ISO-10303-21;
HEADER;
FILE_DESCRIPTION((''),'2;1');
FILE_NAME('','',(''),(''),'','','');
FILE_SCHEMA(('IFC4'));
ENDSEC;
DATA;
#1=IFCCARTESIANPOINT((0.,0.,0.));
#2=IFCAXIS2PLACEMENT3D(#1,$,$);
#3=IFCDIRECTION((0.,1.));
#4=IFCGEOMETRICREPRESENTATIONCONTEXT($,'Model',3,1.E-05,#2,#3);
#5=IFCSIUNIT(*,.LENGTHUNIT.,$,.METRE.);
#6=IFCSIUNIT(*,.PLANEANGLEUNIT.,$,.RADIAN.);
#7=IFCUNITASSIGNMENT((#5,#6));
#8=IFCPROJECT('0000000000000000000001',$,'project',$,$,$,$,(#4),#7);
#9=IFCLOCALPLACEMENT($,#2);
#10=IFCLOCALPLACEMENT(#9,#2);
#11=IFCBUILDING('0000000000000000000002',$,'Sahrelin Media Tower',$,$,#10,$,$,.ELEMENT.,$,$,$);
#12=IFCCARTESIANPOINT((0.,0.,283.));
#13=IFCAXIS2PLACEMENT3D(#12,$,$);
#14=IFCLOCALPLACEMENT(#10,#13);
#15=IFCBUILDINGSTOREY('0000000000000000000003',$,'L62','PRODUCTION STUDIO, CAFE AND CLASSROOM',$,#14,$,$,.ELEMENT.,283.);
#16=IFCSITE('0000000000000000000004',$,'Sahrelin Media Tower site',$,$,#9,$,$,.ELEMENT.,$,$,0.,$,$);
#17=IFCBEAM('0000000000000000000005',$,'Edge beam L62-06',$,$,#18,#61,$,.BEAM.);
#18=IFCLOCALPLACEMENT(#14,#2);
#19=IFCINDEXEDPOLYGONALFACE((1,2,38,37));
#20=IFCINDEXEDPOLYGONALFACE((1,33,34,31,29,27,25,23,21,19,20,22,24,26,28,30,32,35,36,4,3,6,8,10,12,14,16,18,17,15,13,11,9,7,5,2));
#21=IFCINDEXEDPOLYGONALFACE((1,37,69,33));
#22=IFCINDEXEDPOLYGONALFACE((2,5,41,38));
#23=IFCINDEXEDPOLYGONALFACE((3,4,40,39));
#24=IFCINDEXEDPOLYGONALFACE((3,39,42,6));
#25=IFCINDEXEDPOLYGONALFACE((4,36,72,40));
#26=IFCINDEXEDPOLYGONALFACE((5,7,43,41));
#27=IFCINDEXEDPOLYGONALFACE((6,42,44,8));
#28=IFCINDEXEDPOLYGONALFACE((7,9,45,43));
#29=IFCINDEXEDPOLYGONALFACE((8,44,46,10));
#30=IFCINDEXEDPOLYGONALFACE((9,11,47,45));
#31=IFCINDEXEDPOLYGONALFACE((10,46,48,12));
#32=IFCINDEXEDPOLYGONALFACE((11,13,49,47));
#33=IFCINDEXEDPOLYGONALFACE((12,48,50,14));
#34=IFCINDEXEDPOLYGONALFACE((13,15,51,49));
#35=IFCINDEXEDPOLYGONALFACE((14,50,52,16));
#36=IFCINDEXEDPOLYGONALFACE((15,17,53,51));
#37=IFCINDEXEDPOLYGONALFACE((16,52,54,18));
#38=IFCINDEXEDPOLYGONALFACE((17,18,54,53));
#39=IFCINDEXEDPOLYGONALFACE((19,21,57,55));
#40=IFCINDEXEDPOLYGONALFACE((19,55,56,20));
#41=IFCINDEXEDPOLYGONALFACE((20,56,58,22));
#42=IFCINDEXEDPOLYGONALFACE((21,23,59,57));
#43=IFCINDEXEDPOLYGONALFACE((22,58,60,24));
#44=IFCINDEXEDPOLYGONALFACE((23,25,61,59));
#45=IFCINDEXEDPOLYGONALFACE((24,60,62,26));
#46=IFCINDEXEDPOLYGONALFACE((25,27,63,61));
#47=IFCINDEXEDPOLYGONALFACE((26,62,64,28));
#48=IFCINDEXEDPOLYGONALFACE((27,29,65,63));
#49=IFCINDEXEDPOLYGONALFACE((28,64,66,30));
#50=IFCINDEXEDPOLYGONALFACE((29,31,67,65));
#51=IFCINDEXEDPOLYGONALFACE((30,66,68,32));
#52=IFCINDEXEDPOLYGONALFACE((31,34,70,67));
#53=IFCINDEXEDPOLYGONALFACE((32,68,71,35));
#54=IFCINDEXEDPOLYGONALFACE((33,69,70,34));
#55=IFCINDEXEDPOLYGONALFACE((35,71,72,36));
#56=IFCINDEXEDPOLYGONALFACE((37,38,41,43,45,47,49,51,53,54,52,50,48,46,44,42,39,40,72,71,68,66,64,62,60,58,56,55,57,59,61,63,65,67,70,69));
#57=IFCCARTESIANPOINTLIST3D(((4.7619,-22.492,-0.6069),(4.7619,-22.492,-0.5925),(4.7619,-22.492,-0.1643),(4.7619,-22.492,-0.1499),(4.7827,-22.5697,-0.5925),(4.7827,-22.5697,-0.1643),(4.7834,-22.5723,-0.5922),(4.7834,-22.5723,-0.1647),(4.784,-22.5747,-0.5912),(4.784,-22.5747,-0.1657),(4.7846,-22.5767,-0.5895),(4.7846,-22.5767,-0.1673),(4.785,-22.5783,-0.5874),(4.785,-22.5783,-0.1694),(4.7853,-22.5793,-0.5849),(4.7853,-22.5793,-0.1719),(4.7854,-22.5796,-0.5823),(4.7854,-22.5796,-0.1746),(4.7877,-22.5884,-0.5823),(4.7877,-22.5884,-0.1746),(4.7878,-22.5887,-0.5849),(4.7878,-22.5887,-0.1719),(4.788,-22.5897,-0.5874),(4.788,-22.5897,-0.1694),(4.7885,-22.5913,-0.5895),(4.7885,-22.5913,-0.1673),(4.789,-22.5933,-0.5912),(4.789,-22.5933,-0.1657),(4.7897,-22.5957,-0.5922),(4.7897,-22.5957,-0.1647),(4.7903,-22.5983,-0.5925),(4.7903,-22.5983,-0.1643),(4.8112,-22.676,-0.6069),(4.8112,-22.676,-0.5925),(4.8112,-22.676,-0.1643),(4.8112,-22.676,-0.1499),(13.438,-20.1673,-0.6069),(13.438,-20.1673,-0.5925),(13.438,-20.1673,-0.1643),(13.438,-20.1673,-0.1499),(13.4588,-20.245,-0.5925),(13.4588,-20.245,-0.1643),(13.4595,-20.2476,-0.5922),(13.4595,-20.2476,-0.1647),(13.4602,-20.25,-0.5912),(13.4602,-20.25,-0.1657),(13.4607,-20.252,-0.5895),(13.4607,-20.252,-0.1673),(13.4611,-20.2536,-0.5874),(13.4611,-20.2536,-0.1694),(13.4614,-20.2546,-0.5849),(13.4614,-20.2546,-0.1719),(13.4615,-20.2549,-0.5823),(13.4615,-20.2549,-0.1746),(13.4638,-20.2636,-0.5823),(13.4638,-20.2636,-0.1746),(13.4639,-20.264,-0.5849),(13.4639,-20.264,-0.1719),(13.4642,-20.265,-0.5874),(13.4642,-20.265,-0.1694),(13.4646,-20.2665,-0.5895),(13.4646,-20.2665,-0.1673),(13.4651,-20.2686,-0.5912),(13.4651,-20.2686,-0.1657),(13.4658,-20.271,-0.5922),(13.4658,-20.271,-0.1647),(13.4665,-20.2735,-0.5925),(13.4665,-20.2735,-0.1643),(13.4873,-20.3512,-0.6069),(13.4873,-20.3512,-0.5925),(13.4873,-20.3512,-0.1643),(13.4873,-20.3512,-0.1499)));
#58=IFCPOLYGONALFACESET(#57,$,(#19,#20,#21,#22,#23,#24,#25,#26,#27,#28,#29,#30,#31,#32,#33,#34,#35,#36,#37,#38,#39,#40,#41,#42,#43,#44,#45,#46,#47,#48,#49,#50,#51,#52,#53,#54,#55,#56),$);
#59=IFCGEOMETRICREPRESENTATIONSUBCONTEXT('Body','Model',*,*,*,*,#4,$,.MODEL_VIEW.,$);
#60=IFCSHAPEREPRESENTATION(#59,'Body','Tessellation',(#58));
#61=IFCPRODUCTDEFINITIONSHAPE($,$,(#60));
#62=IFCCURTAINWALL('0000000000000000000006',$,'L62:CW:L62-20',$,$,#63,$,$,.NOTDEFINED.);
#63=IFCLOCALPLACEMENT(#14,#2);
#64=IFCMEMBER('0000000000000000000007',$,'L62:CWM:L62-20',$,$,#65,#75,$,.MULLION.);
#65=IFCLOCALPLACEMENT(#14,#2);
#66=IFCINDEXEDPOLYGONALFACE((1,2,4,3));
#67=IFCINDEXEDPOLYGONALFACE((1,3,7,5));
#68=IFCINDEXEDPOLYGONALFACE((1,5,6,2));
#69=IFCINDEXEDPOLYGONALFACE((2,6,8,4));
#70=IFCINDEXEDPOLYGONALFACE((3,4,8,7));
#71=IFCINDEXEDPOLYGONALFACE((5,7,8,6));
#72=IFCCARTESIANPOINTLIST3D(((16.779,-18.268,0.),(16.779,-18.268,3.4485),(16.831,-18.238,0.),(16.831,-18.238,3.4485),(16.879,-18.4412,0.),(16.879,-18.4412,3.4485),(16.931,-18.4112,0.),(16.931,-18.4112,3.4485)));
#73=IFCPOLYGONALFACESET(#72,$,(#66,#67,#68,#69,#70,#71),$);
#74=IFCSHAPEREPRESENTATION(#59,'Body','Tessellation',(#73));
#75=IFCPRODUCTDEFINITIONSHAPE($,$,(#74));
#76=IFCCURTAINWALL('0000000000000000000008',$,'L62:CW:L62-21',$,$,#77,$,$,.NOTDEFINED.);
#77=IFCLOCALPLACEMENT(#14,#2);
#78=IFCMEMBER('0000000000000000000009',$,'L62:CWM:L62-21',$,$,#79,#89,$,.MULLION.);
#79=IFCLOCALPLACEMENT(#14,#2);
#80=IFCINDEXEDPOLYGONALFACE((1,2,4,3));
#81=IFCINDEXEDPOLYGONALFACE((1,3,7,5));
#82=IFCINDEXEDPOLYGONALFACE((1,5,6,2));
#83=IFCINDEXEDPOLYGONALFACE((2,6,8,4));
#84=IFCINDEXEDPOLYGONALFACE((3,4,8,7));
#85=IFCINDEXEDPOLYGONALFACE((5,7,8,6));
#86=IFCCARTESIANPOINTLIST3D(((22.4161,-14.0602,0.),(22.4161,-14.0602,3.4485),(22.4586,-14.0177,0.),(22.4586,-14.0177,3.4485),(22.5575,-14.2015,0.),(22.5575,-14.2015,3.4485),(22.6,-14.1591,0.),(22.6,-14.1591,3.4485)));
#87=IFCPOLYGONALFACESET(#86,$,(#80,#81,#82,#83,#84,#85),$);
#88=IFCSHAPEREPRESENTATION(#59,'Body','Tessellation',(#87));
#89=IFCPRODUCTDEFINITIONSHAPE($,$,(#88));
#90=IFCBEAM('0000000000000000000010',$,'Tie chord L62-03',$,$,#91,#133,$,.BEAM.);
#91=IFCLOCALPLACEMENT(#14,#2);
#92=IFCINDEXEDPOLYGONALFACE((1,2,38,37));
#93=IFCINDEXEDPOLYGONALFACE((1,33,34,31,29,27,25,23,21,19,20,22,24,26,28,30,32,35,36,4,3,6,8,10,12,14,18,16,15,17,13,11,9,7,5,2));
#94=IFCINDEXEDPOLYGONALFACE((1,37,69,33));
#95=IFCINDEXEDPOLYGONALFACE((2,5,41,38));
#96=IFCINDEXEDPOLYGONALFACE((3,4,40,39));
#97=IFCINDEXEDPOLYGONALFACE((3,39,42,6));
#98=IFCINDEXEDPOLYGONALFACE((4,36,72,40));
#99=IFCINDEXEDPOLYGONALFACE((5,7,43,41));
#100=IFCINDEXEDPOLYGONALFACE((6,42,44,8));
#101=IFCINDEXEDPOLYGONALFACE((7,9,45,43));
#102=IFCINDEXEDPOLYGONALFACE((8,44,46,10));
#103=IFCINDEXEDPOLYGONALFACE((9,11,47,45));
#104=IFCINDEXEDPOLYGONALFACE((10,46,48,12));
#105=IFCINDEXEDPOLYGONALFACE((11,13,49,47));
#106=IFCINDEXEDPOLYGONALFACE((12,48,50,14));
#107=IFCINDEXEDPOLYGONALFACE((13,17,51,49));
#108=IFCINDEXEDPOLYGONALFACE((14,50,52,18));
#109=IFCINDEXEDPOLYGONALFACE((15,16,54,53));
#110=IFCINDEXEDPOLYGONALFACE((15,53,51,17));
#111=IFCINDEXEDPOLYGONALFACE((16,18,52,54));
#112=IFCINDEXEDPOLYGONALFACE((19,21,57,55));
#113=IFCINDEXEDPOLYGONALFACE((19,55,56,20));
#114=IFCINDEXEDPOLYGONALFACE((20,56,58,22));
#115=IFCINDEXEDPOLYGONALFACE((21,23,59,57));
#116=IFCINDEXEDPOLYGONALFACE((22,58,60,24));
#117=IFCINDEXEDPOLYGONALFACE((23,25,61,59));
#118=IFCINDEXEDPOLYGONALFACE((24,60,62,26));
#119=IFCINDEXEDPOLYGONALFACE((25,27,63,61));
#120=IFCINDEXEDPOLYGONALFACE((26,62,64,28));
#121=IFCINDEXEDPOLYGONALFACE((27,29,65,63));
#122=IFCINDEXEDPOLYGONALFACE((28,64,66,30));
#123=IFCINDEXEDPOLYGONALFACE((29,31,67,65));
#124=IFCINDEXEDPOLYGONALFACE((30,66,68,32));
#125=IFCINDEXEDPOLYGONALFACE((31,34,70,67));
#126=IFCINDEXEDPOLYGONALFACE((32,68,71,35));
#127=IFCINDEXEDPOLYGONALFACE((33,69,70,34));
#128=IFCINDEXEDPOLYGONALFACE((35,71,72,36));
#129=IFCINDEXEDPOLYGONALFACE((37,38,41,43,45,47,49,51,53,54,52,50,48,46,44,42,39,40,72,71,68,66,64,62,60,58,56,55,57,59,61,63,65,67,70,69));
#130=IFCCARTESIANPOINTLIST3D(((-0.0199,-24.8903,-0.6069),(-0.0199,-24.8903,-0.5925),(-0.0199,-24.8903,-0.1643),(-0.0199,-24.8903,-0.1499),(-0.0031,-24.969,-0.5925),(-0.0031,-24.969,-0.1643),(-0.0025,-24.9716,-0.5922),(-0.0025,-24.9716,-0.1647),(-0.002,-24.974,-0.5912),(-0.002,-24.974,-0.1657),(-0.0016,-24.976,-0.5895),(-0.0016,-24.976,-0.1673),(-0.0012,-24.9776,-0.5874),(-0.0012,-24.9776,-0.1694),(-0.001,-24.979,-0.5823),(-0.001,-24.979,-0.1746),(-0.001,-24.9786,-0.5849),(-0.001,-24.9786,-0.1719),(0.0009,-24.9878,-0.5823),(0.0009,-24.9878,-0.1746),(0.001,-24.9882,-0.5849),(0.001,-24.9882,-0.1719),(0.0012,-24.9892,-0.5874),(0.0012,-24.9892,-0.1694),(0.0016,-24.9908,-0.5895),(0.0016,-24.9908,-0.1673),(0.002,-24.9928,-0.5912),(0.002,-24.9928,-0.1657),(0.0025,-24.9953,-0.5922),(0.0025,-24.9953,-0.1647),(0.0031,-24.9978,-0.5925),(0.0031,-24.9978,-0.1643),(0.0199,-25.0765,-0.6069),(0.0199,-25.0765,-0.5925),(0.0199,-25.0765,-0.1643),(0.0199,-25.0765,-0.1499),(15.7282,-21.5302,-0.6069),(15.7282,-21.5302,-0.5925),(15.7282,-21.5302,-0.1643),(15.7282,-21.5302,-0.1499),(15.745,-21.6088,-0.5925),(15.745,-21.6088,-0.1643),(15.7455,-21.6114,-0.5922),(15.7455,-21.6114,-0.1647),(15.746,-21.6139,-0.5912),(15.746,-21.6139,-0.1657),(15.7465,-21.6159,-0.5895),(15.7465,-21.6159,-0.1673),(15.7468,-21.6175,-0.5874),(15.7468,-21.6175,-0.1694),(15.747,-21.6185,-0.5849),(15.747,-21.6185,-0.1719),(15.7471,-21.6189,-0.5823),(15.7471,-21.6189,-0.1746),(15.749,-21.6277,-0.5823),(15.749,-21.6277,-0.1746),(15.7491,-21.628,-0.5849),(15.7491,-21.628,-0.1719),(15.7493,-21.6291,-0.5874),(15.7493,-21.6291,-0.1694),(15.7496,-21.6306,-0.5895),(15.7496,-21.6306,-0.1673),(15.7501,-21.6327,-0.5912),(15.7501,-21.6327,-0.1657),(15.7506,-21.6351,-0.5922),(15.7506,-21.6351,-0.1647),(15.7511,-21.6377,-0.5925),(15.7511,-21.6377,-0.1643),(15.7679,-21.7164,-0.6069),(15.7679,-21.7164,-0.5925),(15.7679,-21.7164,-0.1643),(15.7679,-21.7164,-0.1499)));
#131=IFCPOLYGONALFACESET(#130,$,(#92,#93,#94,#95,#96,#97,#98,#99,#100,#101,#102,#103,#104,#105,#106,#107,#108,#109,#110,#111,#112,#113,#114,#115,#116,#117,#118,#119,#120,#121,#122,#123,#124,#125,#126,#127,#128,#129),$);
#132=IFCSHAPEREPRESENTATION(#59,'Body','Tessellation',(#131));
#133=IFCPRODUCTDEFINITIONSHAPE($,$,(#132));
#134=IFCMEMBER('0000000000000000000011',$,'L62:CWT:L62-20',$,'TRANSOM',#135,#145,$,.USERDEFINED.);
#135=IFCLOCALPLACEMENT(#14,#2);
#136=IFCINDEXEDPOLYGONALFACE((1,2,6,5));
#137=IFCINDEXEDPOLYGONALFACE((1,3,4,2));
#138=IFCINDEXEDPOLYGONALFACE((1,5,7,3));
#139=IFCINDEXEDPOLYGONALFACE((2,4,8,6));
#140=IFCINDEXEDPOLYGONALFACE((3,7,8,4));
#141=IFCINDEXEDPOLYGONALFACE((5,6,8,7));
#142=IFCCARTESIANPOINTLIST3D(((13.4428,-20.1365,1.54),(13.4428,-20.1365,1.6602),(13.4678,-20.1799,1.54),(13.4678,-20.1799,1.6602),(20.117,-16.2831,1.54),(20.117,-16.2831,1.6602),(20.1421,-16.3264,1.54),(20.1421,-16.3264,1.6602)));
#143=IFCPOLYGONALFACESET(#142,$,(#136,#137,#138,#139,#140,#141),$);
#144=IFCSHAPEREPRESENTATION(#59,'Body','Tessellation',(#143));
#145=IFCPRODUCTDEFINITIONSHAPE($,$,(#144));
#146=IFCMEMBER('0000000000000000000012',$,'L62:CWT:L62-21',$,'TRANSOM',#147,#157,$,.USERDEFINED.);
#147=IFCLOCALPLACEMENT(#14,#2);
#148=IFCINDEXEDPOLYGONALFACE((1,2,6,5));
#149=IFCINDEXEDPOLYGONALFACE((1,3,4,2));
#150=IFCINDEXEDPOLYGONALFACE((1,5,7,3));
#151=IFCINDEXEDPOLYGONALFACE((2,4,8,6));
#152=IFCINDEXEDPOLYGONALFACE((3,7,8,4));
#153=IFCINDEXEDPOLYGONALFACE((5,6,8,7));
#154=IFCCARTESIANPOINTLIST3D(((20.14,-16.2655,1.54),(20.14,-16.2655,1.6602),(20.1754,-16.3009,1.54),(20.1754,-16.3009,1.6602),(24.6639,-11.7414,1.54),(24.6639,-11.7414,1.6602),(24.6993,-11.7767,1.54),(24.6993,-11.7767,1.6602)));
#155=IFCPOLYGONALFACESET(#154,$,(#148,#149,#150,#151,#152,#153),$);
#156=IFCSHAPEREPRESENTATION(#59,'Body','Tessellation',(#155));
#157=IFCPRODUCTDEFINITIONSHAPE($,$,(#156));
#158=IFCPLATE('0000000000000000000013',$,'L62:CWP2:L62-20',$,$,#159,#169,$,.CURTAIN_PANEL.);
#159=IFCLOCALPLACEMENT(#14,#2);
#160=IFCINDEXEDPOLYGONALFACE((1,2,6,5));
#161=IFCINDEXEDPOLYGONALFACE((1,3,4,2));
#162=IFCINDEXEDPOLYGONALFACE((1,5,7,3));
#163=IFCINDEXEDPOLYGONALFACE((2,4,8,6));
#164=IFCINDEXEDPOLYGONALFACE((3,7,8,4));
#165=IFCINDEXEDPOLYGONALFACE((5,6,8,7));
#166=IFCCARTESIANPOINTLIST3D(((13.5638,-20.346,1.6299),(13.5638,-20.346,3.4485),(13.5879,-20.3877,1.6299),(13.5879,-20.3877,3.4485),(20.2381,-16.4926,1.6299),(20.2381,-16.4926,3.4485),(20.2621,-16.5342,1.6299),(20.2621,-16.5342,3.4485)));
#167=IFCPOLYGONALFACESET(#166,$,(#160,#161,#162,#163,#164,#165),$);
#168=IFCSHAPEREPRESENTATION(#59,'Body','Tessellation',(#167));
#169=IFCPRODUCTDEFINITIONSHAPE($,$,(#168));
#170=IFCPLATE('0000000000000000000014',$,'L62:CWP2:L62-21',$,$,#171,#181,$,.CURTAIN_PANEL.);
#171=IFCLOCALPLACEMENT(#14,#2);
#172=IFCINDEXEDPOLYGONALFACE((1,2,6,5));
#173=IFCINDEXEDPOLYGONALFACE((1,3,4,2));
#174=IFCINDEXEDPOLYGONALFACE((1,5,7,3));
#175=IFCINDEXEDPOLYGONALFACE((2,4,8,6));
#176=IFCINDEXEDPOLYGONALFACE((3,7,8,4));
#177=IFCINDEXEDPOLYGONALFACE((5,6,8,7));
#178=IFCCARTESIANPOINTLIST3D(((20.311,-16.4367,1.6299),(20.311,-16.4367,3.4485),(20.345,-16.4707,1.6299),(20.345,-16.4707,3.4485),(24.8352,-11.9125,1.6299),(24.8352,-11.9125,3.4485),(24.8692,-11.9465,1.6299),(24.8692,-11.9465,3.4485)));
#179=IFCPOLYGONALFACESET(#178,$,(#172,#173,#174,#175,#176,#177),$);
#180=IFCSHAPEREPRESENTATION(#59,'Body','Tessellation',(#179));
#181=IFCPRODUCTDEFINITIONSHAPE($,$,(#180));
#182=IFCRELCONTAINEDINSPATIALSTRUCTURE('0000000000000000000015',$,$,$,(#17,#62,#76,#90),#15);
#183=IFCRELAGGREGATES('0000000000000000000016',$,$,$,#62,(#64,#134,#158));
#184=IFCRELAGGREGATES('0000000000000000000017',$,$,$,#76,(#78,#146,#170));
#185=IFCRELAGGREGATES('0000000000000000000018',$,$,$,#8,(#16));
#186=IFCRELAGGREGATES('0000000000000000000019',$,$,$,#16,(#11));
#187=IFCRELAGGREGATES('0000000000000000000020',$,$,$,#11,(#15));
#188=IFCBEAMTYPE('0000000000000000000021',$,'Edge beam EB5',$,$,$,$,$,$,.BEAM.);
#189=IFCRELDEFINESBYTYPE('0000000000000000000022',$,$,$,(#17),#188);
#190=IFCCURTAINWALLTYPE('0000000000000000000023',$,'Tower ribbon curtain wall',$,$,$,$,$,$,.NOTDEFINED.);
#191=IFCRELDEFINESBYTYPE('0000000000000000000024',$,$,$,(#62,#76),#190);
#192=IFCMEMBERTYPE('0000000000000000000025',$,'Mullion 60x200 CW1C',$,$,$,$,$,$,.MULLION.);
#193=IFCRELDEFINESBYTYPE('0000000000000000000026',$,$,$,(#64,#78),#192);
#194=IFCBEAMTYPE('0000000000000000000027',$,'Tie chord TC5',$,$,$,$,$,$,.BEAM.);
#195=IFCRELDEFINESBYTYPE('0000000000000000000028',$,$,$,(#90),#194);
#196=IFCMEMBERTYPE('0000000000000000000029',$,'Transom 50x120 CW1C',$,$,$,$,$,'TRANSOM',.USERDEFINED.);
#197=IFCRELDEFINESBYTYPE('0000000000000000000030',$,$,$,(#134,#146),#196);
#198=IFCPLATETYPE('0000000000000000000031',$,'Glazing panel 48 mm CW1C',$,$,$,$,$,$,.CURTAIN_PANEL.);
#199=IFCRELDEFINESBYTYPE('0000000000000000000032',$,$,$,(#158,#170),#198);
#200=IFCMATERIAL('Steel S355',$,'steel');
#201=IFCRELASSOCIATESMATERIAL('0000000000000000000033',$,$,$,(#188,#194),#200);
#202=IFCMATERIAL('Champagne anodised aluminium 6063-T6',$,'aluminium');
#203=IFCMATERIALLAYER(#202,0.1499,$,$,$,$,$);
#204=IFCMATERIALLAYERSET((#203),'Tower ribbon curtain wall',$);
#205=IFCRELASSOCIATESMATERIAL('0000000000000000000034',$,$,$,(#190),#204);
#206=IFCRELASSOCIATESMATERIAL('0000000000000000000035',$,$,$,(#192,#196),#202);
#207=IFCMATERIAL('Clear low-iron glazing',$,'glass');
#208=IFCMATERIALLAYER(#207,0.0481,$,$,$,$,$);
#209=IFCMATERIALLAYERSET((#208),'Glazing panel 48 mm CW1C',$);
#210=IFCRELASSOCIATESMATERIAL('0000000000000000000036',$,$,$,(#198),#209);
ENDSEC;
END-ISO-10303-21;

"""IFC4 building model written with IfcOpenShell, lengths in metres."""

from ifc_helpers import new_model, si_unit, direction, frame, origin, origin_2d, place, context, subcontext, project, spatial, polyline, rectangle, i_section, outline, extrude, material, layer, layer_set, material_profile, profile_set, type_object, element, aggregate, save


model = new_model("IFC4")

# Units and contexts
model_context = context("Model", 3, precision=1e-05, world=origin(), true_north=direction((0.0, 1.0)))
body_context = subcontext(model_context, "Body", "Model", "MODEL_VIEW")
ifc_project = project(units=[si_unit("LENGTHUNIT", "METRE"), si_unit("PLANEANGLEUNIT", "RADIAN")], contexts=[model_context])

# Site, building, storey
site_placement = place(None, origin())
site = spatial("IfcSite", under=ifc_project, at=site_placement, Name="Sahrelin Media Tower site", CompositionType="ELEMENT", RefElevation=0.0)
building_placement = place(site_placement, origin())
building = spatial("IfcBuilding", under=site, at=building_placement, Name="Sahrelin Media Tower", CompositionType="ELEMENT")
storey_placement = place(building_placement, frame((0.0, 0.0, 283.0)))
storey = spatial("IfcBuildingStorey", under=building, at=storey_placement, Name="L62", Description="PRODUCTION STUDIO, CAFE AND CLASSROOM", CompositionType="ELEMENT", Elevation=283.0)

# Beam
ifc_material_1 = material(Name="Steel S355", Category="steel")
ifc_material_profile_1 = material_profile(ifc_material_1, i_section(OverallWidth=0.1904, OverallDepth=0.457, WebThickness=0.009, FlangeThickness=0.0144, FilletRadius=0.0103, at=origin_2d()), Name="UB 457x191x74")
ifc_profile_set_1 = profile_set([ifc_material_profile_1], Name="Steel S355")
beam_type_1 = type_object("IfcBeamType", Name="Edge beam EB5", PredefinedType="BEAM", material=ifc_profile_set_1)
beam_1_placement = place(storey_placement, frame((13.4626, -20.2593, -0.3784), z_axis=(-0.965927, -0.258816, 0.0), x_axis=(0.258816, -0.965927, 0.0)))
element("IfcBeam", 1, at=beam_1_placement, inside=storey, type_object=beam_type_1, Name="Edge beam L62-06", PredefinedType="BEAM", context=body_context, shape_type="SweptSolid", body=[
    extrude(i_section(OverallWidth=0.1904, OverallDepth=0.457, WebThickness=0.009, FlangeThickness=0.0144, FilletRadius=0.0103, at=origin_2d()), origin(), (0.0, 0.0, 1.0), 8.9822),
])

# Curtain walls, members
ifc_material_2 = material(Name="Champagne anodised aluminium 6063-T6", Category="aluminium")
ifc_layer_1 = layer(ifc_material_2, 0.1499)
ifc_layer_set_1 = layer_set([ifc_layer_1], Name="Tower ribbon curtain wall")
curtain_wall_type = type_object("IfcCurtainWallType", Name="Tower ribbon curtain wall", PredefinedType="NOTDEFINED", material=ifc_layer_set_1)
curtain_wall_1_placement = place(storey_placement, frame((16.915, -18.4436, 0.0), z_axis=(0.0, 0.0, 1.0), x_axis=(1.0, 0.0, 0.0)))
curtain_wall_1 = element("IfcCurtainWall", 2, at=curtain_wall_1_placement, inside=storey, type_object=curtain_wall_type, Name="L62:CW:L62-20", PredefinedType="NOTDEFINED")
ifc_material_profile_2 = material_profile(ifc_material_2, rectangle(XDim=0.0601, YDim=0.2, at=origin_2d()), Name="Mullion 60x200")
ifc_profile_set_2 = profile_set([ifc_material_profile_2], Name="Champagne anodised aluminium 6063-T6")
member_type_1 = type_object("IfcMemberType", Name="Mullion 60x200 CW1C", PredefinedType="MULLION", material=ifc_profile_set_2)
member_1_placement = place(storey_placement, frame((16.855, -18.3396, 0.0), z_axis=(0.0, 0.0, 1.0), x_axis=(0.866024, 0.500003, 0.0)))
member_1 = element("IfcMember", 3, at=member_1_placement, type_object=member_type_1, Name="L62:CWM:L62-20", PredefinedType="MULLION", context=body_context, shape_type="SweptSolid", body=[
    extrude(rectangle(XDim=0.0601, YDim=0.2, at=origin_2d()), origin(), (0.0, 0.0, 1.0), 3.4485),
])
curtain_wall_2_placement = place(storey_placement, frame((22.593, -14.1943, 0.0), z_axis=(0.0, 0.0, 1.0), x_axis=(1.0, 0.0, 0.0)))
curtain_wall_2 = element("IfcCurtainWall", 4, at=curtain_wall_2_placement, inside=storey, type_object=curtain_wall_type, Name="L62:CW:L62-21", PredefinedType="NOTDEFINED")
member_2_placement = place(storey_placement, frame((22.5081, -14.1096, 0.0), z_axis=(0.0, 0.0, 1.0), x_axis=(0.707107, 0.707107, 0.0)))
member_2 = element("IfcMember", 5, at=member_2_placement, type_object=member_type_1, Name="L62:CWM:L62-21", PredefinedType="MULLION", context=body_context, shape_type="SweptSolid", body=[
    extrude(rectangle(XDim=0.0601, YDim=0.2, at=origin_2d()), origin(), (0.0, 0.0, 1.0), 3.4485),
])

# Beam
ifc_material_profile_3 = material_profile(ifc_material_1, i_section(OverallWidth=0.1904, OverallDepth=0.457, WebThickness=0.009, FlangeThickness=0.0144, FilletRadius=0.0103, at=origin_2d()), Name="UB 457x191x74")
ifc_profile_set_3 = profile_set([ifc_material_profile_3], Name="Steel S355")
beam_type_2 = type_object("IfcBeamType", Name="Tie chord TC5", PredefinedType="BEAM", material=ifc_profile_set_3)
beam_2_placement = place(storey_placement, frame((15.748, -21.6233, -0.3784), z_axis=(-0.977986, -0.20867, 0.0), x_axis=(0.20867, -0.977986, 0.0)))
element("IfcBeam", 6, at=beam_2_placement, inside=storey, type_object=beam_type_2, Name="Tie chord L62-03", PredefinedType="BEAM", context=body_context, shape_type="SweptSolid", body=[
    extrude(i_section(OverallWidth=0.1904, OverallDepth=0.457, WebThickness=0.009, FlangeThickness=0.0144, FilletRadius=0.0103, at=origin_2d()), origin(), (0.0, 0.0, 1.0), 16.1025),
])

# Members
ifc_material_profile_4 = material_profile(ifc_material_2, rectangle(XDim=0.05, YDim=0.1201, at=origin_2d()), Name="Transom 50x120")
ifc_profile_set_4 = profile_set([ifc_material_profile_4], Name="Champagne anodised aluminium 6063-T6")
member_type_2 = type_object("IfcMemberType", Name="Transom 50x120 CW1C", ElementType="TRANSOM", PredefinedType="USERDEFINED", material=ifc_profile_set_4)
member_3_placement = place(storey_placement, frame((13.4553, -20.1582, 1.6001), z_axis=(0.86602, 0.500009, 0.0), x_axis=(-0.500009, 0.86602, 0.0)))
member_3 = element("IfcMember", 7, at=member_3_placement, type_object=member_type_2, Name="L62:CWT:L62-20", ObjectType="TRANSOM", PredefinedType="USERDEFINED", context=body_context, shape_type="SweptSolid", body=[
    extrude(rectangle(XDim=0.05, YDim=0.1201, at=origin_2d()), origin(), (0.0, 0.0, 1.0), 7.7068),
])
member_4_placement = place(storey_placement, frame((20.1577, -16.2832, 1.6001), z_axis=(0.707088, 0.707126, 0.0), x_axis=(-0.707126, 0.707088, 0.0)))
member_4 = element("IfcMember", 8, at=member_4_placement, type_object=member_type_2, Name="L62:CWT:L62-21", ObjectType="TRANSOM", PredefinedType="USERDEFINED", context=body_context, shape_type="SweptSolid", body=[
    extrude(rectangle(XDim=0.05, YDim=0.1201, at=origin_2d()), origin(), (0.0, 0.0, 1.0), 6.3979),
])

# Plates
ifc_material_3 = material(Name="Clear low-iron glazing", Category="glass")
ifc_layer_2 = layer(ifc_material_3, 0.0481)
ifc_layer_set_2 = layer_set([ifc_layer_2], Name="Glazing panel 48 mm CW1C")
plate_type_1 = type_object("IfcPlateType", Name="Glazing panel 48 mm CW1C", PredefinedType="CURTAIN_PANEL", material=ifc_layer_set_2)
plate_1_placement = place(storey_placement, frame((13.5879, -20.3877, 1.6299), z_axis=(0.500009, -0.86602, 0.0), x_axis=(0.86602, 0.500009, 0.0)))
plate_1 = element("IfcPlate", 9, at=plate_1_placement, type_object=plate_type_1, Name="L62:CWP2:L62-20", PredefinedType="CURTAIN_PANEL", context=body_context, shape_type="SweptSolid", body=[
    extrude(outline(polyline([(0.0, 0.0), (7.7068, 0.0), (7.7068, 1.8186), (0.0, 1.8186), (0.0, 0.0)])), origin(), (0.0, 0.0, -1.0), 0.0481),
])
plate_2_placement = place(storey_placement, frame((20.345, -16.4707, 1.6299), z_axis=(0.707107, -0.707107, 0.0), x_axis=(0.707107, 0.707107, 0.0)))
plate_2 = element("IfcPlate", 10, at=plate_2_placement, type_object=plate_type_1, Name="L62:CWP2:L62-21", PredefinedType="CURTAIN_PANEL", context=body_context, shape_type="SweptSolid", body=[
    extrude(outline(polyline([(0.0, 0.0), (6.3982, 0.0), (6.3982, 1.8186), (0.0, 1.8186), (0.0, 0.0)])), origin(), (0.0, 0.0, -1.0), 0.0481),
])
aggregate(curtain_wall_1, [member_1, member_3, plate_1])
aggregate(curtain_wall_2, [member_2, member_4, plate_2])

save(model, "model.ifc")
